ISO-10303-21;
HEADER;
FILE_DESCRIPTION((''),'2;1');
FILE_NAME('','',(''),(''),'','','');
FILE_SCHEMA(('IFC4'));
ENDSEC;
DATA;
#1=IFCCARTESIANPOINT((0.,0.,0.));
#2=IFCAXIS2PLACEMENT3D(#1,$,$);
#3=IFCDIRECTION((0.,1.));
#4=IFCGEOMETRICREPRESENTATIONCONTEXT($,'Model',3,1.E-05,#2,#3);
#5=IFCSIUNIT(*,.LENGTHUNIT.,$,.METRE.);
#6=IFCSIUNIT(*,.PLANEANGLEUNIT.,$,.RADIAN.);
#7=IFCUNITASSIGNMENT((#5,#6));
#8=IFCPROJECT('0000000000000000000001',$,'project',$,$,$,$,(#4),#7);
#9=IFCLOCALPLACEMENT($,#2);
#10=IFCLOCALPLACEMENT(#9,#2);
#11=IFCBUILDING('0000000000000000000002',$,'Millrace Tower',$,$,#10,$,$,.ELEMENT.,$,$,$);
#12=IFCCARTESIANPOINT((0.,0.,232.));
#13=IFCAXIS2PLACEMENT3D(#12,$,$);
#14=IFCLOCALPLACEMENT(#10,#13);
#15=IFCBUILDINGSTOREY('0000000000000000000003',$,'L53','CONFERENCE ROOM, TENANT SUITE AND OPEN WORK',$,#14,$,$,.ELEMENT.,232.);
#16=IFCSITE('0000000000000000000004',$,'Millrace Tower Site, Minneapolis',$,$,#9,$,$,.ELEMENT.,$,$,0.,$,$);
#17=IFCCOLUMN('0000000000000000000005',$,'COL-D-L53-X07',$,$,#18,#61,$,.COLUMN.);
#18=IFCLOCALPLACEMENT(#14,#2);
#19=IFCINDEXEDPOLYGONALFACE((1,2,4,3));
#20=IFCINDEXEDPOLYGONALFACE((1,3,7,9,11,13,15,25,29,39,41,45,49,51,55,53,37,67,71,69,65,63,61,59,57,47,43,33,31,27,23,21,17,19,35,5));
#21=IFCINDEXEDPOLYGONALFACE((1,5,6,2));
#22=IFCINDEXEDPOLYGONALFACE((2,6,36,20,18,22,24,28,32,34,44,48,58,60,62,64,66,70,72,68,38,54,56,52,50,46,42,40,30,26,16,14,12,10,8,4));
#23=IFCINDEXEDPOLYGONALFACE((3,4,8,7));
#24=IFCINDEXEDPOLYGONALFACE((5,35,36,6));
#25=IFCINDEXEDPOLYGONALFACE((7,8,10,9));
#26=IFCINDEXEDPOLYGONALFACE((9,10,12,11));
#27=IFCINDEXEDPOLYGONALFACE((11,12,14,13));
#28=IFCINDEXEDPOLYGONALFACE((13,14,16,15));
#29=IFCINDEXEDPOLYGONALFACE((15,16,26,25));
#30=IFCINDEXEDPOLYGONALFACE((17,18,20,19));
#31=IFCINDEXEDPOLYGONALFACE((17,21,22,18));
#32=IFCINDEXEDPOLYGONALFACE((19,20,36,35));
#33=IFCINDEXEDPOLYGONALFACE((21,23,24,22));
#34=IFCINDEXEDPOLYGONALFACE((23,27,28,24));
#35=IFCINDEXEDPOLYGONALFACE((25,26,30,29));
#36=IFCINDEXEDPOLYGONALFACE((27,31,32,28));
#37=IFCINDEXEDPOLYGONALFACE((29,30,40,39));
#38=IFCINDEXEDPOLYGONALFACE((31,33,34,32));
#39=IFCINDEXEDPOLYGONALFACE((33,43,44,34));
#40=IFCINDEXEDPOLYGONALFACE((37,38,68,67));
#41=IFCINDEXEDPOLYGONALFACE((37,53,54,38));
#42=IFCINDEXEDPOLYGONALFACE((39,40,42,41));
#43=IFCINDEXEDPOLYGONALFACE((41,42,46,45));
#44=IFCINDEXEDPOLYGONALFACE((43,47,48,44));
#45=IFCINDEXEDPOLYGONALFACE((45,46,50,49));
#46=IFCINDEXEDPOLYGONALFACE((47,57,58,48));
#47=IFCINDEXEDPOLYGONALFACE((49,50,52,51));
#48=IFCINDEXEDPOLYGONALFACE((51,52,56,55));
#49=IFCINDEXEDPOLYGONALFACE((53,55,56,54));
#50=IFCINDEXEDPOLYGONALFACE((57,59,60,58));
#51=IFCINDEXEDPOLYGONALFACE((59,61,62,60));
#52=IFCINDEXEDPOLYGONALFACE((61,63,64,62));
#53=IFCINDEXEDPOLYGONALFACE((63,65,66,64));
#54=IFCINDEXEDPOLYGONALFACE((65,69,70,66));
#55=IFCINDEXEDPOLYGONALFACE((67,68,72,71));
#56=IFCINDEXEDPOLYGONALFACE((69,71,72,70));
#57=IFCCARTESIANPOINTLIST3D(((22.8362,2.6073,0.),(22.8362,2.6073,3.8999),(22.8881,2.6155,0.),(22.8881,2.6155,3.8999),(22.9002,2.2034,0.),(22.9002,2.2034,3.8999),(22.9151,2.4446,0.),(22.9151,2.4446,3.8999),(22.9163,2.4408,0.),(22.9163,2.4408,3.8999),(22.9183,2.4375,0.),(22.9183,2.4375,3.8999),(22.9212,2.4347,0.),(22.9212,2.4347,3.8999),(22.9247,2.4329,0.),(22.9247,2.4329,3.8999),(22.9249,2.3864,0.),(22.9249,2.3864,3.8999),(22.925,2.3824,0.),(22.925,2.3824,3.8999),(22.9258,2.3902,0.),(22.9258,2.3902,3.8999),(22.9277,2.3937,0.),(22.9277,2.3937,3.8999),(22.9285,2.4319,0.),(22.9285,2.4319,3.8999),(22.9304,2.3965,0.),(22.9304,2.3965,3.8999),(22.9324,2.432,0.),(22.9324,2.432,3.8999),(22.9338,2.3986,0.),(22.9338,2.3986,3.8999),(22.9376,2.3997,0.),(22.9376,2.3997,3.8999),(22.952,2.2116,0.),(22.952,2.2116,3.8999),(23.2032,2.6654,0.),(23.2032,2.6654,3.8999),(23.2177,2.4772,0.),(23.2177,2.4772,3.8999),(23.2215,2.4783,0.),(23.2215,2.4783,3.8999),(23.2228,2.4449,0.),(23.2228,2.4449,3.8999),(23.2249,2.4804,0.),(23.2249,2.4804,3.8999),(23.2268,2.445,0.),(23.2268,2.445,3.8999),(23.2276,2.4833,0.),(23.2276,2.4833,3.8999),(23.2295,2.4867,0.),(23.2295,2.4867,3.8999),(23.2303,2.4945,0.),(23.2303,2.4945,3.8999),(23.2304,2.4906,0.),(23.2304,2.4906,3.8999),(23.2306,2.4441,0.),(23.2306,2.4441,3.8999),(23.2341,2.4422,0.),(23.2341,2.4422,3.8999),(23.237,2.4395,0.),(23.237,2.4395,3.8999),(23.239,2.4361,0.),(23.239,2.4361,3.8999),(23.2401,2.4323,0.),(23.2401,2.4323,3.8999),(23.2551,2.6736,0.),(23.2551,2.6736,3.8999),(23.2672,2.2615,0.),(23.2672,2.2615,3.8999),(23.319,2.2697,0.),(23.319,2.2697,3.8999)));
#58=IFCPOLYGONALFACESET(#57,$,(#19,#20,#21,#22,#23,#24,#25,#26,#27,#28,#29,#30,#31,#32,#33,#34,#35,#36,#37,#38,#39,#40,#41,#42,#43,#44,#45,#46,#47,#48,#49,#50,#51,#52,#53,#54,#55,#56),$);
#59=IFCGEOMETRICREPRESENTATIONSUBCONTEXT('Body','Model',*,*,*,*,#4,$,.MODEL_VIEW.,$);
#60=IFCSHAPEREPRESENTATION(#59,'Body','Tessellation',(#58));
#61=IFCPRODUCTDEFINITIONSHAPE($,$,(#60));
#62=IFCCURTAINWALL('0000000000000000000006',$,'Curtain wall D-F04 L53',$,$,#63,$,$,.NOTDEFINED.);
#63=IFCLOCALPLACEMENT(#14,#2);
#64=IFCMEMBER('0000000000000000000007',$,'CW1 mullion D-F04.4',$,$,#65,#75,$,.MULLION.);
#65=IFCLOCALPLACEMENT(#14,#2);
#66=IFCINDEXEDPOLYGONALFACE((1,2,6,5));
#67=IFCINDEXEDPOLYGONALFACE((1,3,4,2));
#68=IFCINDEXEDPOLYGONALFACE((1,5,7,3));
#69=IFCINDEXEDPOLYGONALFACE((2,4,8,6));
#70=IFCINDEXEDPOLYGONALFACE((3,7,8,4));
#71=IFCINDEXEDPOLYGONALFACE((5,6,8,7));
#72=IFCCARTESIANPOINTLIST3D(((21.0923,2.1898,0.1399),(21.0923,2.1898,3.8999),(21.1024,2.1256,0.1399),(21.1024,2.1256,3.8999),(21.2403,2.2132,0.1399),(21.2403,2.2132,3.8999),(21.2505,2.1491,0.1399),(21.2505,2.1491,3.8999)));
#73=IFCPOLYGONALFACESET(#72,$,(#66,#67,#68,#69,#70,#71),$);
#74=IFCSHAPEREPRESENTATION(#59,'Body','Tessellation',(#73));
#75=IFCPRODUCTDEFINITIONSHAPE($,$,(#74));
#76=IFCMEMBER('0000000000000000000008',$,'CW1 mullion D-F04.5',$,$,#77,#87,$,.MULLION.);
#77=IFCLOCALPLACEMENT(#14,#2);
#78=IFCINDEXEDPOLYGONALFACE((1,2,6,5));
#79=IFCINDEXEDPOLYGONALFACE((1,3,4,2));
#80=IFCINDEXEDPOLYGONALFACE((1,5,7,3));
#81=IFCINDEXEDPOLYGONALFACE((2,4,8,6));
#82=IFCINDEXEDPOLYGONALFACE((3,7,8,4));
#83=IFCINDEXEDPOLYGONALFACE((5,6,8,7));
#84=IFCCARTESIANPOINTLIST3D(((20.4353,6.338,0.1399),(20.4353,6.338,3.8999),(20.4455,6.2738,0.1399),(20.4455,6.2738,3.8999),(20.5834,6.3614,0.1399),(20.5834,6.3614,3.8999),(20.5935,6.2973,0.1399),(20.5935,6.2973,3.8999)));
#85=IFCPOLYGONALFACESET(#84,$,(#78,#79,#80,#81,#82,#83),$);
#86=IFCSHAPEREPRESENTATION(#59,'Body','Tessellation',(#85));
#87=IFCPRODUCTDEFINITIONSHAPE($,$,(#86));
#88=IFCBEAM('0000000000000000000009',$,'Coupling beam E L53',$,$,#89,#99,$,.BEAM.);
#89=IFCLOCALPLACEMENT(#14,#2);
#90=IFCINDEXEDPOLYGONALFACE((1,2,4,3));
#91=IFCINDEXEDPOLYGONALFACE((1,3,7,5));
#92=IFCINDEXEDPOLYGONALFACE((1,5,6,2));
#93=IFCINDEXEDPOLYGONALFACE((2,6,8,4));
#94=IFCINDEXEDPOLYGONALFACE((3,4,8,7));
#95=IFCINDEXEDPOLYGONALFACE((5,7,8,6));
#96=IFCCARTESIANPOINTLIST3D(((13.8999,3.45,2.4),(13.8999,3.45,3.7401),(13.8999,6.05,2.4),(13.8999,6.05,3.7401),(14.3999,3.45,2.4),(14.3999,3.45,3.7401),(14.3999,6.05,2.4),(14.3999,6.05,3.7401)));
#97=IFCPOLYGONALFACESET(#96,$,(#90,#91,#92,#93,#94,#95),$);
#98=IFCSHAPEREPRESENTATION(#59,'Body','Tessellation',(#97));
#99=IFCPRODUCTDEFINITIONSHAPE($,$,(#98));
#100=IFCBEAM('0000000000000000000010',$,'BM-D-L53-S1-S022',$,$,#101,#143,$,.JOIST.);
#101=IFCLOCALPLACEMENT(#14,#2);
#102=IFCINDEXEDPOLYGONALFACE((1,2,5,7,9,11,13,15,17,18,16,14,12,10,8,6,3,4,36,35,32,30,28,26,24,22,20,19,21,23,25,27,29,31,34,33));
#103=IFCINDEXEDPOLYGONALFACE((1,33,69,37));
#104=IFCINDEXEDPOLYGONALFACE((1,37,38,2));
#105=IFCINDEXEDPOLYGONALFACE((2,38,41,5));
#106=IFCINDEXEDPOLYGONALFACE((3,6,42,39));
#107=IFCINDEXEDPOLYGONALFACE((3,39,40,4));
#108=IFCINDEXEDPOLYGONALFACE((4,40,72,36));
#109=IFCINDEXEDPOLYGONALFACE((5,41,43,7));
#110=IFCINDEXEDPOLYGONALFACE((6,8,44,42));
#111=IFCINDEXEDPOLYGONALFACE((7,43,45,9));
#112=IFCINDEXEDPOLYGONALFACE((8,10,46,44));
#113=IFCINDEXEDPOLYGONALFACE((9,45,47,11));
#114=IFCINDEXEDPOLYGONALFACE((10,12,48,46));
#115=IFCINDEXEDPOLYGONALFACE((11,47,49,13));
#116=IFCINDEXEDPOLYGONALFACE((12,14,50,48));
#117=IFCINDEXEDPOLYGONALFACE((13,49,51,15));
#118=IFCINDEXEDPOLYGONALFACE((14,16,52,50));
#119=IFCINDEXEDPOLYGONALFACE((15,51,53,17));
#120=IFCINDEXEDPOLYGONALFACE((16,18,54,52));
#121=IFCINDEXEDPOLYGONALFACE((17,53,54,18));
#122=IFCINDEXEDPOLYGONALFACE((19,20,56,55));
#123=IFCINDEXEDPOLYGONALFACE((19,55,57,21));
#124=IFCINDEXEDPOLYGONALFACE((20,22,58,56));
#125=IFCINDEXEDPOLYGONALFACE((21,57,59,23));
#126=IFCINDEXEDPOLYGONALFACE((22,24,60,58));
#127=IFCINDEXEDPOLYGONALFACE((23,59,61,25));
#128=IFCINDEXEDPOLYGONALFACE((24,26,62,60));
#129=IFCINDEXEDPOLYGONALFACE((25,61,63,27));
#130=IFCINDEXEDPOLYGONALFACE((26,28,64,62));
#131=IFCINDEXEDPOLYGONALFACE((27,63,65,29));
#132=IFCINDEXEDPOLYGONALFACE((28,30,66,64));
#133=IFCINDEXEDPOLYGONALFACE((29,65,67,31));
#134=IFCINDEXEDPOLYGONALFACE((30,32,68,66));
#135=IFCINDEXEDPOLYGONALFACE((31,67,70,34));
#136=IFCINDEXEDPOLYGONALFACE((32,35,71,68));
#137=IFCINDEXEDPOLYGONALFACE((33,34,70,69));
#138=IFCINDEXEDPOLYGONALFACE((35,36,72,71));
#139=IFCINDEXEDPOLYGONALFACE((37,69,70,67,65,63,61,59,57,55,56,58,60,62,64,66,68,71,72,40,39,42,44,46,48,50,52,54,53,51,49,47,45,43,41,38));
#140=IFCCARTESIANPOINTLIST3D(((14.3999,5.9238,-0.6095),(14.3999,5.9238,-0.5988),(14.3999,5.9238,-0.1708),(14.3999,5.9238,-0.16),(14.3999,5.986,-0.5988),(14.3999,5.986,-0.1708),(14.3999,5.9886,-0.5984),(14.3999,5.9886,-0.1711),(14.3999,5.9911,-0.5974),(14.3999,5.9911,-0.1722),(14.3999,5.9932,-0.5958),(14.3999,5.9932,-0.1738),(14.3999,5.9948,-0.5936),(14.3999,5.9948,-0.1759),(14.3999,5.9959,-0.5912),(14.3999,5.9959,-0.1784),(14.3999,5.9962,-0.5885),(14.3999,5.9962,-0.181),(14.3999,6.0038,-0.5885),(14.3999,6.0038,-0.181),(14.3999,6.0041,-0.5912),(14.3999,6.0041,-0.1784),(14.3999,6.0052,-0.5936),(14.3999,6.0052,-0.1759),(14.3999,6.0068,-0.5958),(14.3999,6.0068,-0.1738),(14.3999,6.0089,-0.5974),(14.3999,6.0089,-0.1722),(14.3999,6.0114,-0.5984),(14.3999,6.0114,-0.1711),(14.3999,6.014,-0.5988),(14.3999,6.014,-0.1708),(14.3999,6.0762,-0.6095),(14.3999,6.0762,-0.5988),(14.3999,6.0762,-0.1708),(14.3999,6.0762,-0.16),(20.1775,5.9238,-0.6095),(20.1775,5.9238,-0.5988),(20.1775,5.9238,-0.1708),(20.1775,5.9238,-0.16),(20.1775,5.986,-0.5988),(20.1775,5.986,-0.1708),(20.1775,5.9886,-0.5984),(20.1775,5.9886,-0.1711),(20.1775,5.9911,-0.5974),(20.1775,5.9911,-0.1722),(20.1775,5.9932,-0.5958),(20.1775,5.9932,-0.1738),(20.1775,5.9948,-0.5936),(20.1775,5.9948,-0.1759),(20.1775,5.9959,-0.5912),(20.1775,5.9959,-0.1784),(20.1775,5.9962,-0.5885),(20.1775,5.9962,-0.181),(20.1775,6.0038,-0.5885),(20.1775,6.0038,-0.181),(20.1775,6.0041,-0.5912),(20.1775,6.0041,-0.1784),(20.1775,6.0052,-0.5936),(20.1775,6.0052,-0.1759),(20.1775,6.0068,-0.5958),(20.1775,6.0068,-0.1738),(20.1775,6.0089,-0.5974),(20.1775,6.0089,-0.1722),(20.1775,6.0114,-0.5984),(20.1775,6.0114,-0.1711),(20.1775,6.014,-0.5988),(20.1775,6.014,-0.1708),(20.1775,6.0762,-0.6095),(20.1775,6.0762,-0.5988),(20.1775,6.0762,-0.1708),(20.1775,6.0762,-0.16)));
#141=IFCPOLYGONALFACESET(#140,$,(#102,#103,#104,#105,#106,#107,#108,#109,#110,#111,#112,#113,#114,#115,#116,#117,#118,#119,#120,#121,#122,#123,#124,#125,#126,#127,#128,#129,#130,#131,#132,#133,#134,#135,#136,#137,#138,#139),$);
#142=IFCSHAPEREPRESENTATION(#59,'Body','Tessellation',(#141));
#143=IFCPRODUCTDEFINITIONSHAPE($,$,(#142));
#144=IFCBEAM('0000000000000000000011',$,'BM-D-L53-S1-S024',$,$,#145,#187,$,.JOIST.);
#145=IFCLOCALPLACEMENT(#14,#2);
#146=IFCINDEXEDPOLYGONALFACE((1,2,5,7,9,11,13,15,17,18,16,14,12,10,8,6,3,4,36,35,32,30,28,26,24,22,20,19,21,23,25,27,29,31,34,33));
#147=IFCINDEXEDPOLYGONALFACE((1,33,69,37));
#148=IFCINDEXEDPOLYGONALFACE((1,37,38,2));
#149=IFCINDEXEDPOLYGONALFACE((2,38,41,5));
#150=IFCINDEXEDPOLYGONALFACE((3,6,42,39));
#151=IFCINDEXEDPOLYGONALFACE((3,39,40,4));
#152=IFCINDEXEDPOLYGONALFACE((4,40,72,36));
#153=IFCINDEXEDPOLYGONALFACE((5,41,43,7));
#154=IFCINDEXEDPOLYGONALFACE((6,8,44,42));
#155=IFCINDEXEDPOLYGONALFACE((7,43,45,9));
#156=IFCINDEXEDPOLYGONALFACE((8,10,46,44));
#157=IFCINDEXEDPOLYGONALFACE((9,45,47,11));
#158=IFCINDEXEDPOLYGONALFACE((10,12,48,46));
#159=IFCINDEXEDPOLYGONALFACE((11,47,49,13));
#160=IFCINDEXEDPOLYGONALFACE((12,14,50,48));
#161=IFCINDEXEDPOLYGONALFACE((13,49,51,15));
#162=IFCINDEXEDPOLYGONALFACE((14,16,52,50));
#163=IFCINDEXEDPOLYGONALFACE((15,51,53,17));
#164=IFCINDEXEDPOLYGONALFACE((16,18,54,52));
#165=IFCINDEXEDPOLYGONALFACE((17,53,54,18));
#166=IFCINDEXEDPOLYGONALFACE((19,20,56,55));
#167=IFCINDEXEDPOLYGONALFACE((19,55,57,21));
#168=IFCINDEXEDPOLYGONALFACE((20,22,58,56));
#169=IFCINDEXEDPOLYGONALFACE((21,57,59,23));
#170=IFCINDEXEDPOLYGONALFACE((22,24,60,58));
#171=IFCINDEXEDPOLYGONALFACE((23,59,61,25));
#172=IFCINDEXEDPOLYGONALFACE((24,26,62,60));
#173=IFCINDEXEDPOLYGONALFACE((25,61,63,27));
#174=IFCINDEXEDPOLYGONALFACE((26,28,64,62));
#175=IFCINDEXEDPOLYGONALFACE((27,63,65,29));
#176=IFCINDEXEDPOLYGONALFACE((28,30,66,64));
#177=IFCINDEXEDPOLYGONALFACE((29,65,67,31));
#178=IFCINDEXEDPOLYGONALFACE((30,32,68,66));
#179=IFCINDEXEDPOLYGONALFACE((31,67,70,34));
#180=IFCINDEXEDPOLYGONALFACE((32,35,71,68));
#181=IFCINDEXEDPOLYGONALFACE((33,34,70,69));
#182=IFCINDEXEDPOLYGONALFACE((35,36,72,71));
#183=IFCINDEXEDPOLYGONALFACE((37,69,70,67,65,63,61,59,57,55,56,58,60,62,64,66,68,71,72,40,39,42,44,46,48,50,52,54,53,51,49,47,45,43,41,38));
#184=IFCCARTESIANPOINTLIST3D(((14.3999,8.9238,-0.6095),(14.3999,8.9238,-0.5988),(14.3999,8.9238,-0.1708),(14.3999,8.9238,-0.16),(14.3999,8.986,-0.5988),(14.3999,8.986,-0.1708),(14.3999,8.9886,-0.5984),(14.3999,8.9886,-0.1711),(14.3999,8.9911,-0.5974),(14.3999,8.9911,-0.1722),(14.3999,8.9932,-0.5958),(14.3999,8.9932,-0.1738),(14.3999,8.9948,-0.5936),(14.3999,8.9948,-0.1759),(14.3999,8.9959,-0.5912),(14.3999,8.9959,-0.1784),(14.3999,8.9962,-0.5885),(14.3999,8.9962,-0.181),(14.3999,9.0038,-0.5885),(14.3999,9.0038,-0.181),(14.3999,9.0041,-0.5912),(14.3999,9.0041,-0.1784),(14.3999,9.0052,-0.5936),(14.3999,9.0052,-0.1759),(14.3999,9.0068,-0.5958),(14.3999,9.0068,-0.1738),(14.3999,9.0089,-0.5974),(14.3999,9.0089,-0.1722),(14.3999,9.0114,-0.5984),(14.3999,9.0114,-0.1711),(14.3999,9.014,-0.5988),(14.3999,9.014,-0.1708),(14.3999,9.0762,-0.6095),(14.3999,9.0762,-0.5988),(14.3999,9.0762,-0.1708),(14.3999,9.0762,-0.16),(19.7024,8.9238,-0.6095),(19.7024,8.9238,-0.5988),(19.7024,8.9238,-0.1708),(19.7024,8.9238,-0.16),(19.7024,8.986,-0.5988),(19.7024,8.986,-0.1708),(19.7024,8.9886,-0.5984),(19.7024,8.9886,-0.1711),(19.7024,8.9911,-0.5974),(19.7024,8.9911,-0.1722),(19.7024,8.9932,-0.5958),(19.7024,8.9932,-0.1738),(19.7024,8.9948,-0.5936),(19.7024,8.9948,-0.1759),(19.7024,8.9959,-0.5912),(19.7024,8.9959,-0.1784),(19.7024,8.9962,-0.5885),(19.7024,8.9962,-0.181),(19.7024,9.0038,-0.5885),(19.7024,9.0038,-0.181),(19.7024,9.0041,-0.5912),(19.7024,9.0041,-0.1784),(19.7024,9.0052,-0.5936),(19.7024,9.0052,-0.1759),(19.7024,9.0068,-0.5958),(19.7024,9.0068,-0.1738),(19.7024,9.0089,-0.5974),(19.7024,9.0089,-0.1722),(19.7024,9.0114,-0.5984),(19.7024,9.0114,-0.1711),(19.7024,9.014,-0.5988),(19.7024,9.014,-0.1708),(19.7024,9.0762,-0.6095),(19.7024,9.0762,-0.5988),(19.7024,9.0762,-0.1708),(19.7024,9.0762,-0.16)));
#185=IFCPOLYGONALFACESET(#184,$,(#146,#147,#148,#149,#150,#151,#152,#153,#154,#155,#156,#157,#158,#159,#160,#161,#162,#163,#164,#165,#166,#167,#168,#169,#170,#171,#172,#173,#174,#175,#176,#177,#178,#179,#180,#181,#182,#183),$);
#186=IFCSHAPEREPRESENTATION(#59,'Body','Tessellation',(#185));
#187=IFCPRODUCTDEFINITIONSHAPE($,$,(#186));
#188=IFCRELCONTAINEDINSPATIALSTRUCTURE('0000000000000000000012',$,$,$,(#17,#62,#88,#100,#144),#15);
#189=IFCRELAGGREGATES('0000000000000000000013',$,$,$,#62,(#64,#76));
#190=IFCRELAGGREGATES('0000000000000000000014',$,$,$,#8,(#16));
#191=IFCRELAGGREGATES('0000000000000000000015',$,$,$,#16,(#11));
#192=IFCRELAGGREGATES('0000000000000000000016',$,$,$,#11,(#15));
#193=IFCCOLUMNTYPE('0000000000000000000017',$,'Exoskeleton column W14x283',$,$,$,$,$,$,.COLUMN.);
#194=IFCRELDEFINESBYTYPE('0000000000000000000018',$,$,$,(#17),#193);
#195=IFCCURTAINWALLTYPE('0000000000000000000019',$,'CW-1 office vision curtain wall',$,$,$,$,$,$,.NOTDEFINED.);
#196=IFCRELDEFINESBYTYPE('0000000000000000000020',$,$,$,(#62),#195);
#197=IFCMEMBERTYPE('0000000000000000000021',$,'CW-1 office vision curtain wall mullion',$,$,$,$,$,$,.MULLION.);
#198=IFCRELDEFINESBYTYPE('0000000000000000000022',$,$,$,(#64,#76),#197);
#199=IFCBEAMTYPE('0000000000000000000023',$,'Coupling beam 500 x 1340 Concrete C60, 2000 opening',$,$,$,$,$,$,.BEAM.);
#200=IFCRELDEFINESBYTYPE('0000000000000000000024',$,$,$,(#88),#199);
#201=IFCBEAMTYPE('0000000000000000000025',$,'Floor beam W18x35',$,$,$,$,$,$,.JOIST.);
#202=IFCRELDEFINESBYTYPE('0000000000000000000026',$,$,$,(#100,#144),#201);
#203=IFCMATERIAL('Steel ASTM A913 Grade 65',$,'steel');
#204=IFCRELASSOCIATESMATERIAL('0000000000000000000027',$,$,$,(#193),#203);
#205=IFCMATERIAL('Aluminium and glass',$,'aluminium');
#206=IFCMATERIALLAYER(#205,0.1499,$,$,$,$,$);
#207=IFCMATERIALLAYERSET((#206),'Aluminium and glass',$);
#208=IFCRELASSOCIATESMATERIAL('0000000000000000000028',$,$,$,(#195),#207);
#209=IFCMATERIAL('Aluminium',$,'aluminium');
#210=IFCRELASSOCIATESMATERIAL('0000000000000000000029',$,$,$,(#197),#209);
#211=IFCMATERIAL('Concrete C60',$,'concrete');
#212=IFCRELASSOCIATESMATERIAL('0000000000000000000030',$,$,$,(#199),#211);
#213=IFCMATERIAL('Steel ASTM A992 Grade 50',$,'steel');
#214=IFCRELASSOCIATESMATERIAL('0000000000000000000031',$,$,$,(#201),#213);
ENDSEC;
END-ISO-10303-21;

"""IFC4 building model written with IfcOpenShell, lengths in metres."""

from ifc_helpers import new_model, si_unit, direction, frame, origin, origin_2d, place, context, subcontext, project, spatial, rectangle, i_section, extrude, material, layer, layer_set, material_profile, profile_set, type_object, element, aggregate, save


model = new_model("IFC4")

# Units and contexts
model_context = context("Model", 3, precision=1e-05, world=origin(), true_north=direction((0.0, 1.0)))
body_context = subcontext(model_context, "Body", "Model", "MODEL_VIEW")
ifc_project = project(units=[si_unit("LENGTHUNIT", "METRE"), si_unit("PLANEANGLEUNIT", "RADIAN")], contexts=[model_context])

# Site, building, storey
site_placement = place(None, origin())
site = spatial("IfcSite", under=ifc_project, at=site_placement, Name="Millrace Tower Site, Minneapolis", CompositionType="ELEMENT", RefElevation=0.0)
building_placement = place(site_placement, origin())
building = spatial("IfcBuilding", under=site, at=building_placement, Name="Millrace Tower", CompositionType="ELEMENT")
storey_placement = place(building_placement, frame((0.0, 0.0, 232.0)))
storey = spatial("IfcBuildingStorey", under=building, at=storey_placement, Name="L53", Description="CONFERENCE ROOM, TENANT SUITE AND OPEN WORK", CompositionType="ELEMENT", Elevation=232.0)

# Column
ifc_material_1 = material(Name="Steel ASTM A913 Grade 65", Category="steel")
ifc_material_profile_1 = material_profile(ifc_material_1, i_section(OverallWidth=0.4089, OverallDepth=0.4241, WebThickness=0.0327, FlangeThickness=0.0525, FilletRadius=0.0151, at=origin_2d()))
ifc_profile_set_1 = profile_set([ifc_material_profile_1], Name="Steel ASTM A913 Grade 65")
column_type = type_object("IfcColumnType", Name="Exoskeleton column W14x283", PredefinedType="COLUMN", material=ifc_profile_set_1)
column_placement = place(storey_placement, frame((23.0776, 2.4385, 0.0), z_axis=(0.0, 0.0, 1.0), x_axis=(-0.156434, 0.987688, 0.0)))
element("IfcColumn", 1, at=column_placement, inside=storey, type_object=column_type, Name="COL-D-L53-X07", PredefinedType="COLUMN", context=body_context, shape_type="SweptSolid", body=[
    extrude(i_section(OverallWidth=0.4089, OverallDepth=0.4241, WebThickness=0.0327, FlangeThickness=0.0525, FilletRadius=0.0151, at=origin_2d()), origin(), (0.0, 0.0, 1.0), 3.8999),
])

# Curtain wall, members
ifc_material_2 = material(Name="Aluminium and glass", Category="aluminium")
ifc_layer_1 = layer(ifc_material_2, 0.1499)
ifc_layer_set_1 = layer_set([ifc_layer_1], Name="Aluminium and glass")
curtain_wall_type = type_object("IfcCurtainWallType", Name="CW-1 office vision curtain wall", PredefinedType="NOTDEFINED", material=ifc_layer_set_1)
curtain_wall_placement = place(storey_placement, origin())
curtain_wall = element("IfcCurtainWall", 2, at=curtain_wall_placement, inside=storey, type_object=curtain_wall_type, Name="Curtain wall D-F04 L53", PredefinedType="NOTDEFINED")
ifc_material_3 = material(Name="Aluminium", Category="aluminium")
ifc_material_profile_2 = material_profile(ifc_material_3, rectangle(XDim=0.0649, YDim=0.1499, at=origin_2d()))
ifc_profile_set_2 = profile_set([ifc_material_profile_2], Name="Aluminium")
member_type = type_object("IfcMemberType", Name="CW-1 office vision curtain wall mullion", PredefinedType="MULLION", material=ifc_profile_set_2)
member_1_placement = place(storey_placement, frame((21.1714, 2.1694, 0.1399), z_axis=(0.0, 0.0, 1.0), x_axis=(-0.156434, 0.987688, 0.0)))
member_1 = element("IfcMember", 3, at=member_1_placement, type_object=member_type, Name="CW1 mullion D-F04.4", PredefinedType="MULLION", context=body_context, shape_type="SweptSolid", body=[
    extrude(rectangle(XDim=0.0649, YDim=0.1499, at=origin_2d()), origin(), (0.0, 0.0, 1.0), 3.76),
])
member_2_placement = place(storey_placement, frame((20.5144, 6.3176, 0.1399), z_axis=(0.0, 0.0, 1.0), x_axis=(-0.156434, 0.987688, 0.0)))
member_2 = element("IfcMember", 4, at=member_2_placement, type_object=member_type, Name="CW1 mullion D-F04.5", PredefinedType="MULLION", context=body_context, shape_type="SweptSolid", body=[
    extrude(rectangle(XDim=0.0649, YDim=0.1499, at=origin_2d()), origin(), (0.0, 0.0, 1.0), 3.76),
])
aggregate(curtain_wall, [member_1, member_2])

# Beams
ifc_material_4 = material(Name="Concrete C60", Category="concrete")
ifc_material_profile_3 = material_profile(ifc_material_4, rectangle(XDim=0.5, YDim=1.3401, at=origin_2d()))
ifc_profile_set_3 = profile_set([ifc_material_profile_3], Name="Concrete C60")
beam_type_1 = type_object("IfcBeamType", Name="Coupling beam 500 x 1340 Concrete C60, 2000 opening", PredefinedType="BEAM", material=ifc_profile_set_3)
beam_1_placement = place(storey_placement, frame((14.1499, 6.05, 3.0701), z_axis=(0.0, -1.0, 0.0), x_axis=(1.0, 0.0, 0.0)))
element("IfcBeam", 5, at=beam_1_placement, inside=storey, type_object=beam_type_1, Name="Coupling beam E L53", PredefinedType="BEAM", context=body_context, shape_type="SweptSolid", body=[
    extrude(rectangle(XDim=0.5, YDim=1.3401, at=origin_2d()), origin(), (0.0, 0.0, 1.0), 2.6001),
])
ifc_material_5 = material(Name="Steel ASTM A992 Grade 50", Category="steel")
ifc_material_profile_4 = material_profile(ifc_material_5, i_section(OverallWidth=0.1523, OverallDepth=0.4495, WebThickness=0.0076, FlangeThickness=0.0107, FilletRadius=0.0103, at=origin_2d()))
ifc_profile_set_4 = profile_set([ifc_material_profile_4], Name="Steel ASTM A992 Grade 50")
beam_type_2 = type_object("IfcBeamType", Name="Floor beam W18x35", PredefinedType="JOIST", material=ifc_profile_set_4)
beam_2_placement = place(storey_placement, frame((14.3999, 6.0, -0.3848), z_axis=(1.0, 0.0, 0.0), x_axis=(0.0, 1.0, 0.0)))
element("IfcBeam", 6, at=beam_2_placement, inside=storey, type_object=beam_type_2, Name="BM-D-L53-S1-S022", PredefinedType="JOIST", context=body_context, shape_type="SweptSolid", body=[
    extrude(i_section(OverallWidth=0.1523, OverallDepth=0.4495, WebThickness=0.0076, FlangeThickness=0.0107, FilletRadius=0.0103, at=origin_2d()), origin(), (0.0, 0.0, 1.0), 5.7776),
])
beam_3_placement = place(storey_placement, frame((14.3999, 9.0, -0.3848), z_axis=(1.0, 0.0, 0.0), x_axis=(0.0, 1.0, 0.0)))
element("IfcBeam", 7, at=beam_3_placement, inside=storey, type_object=beam_type_2, Name="BM-D-L53-S1-S024", PredefinedType="JOIST", context=body_context, shape_type="SweptSolid", body=[
    extrude(i_section(OverallWidth=0.1523, OverallDepth=0.4495, WebThickness=0.0076, FlangeThickness=0.0107, FilletRadius=0.0103, at=origin_2d()), origin(), (0.0, 0.0, 1.0), 5.3025),
])

save(model, "model.ifc")
